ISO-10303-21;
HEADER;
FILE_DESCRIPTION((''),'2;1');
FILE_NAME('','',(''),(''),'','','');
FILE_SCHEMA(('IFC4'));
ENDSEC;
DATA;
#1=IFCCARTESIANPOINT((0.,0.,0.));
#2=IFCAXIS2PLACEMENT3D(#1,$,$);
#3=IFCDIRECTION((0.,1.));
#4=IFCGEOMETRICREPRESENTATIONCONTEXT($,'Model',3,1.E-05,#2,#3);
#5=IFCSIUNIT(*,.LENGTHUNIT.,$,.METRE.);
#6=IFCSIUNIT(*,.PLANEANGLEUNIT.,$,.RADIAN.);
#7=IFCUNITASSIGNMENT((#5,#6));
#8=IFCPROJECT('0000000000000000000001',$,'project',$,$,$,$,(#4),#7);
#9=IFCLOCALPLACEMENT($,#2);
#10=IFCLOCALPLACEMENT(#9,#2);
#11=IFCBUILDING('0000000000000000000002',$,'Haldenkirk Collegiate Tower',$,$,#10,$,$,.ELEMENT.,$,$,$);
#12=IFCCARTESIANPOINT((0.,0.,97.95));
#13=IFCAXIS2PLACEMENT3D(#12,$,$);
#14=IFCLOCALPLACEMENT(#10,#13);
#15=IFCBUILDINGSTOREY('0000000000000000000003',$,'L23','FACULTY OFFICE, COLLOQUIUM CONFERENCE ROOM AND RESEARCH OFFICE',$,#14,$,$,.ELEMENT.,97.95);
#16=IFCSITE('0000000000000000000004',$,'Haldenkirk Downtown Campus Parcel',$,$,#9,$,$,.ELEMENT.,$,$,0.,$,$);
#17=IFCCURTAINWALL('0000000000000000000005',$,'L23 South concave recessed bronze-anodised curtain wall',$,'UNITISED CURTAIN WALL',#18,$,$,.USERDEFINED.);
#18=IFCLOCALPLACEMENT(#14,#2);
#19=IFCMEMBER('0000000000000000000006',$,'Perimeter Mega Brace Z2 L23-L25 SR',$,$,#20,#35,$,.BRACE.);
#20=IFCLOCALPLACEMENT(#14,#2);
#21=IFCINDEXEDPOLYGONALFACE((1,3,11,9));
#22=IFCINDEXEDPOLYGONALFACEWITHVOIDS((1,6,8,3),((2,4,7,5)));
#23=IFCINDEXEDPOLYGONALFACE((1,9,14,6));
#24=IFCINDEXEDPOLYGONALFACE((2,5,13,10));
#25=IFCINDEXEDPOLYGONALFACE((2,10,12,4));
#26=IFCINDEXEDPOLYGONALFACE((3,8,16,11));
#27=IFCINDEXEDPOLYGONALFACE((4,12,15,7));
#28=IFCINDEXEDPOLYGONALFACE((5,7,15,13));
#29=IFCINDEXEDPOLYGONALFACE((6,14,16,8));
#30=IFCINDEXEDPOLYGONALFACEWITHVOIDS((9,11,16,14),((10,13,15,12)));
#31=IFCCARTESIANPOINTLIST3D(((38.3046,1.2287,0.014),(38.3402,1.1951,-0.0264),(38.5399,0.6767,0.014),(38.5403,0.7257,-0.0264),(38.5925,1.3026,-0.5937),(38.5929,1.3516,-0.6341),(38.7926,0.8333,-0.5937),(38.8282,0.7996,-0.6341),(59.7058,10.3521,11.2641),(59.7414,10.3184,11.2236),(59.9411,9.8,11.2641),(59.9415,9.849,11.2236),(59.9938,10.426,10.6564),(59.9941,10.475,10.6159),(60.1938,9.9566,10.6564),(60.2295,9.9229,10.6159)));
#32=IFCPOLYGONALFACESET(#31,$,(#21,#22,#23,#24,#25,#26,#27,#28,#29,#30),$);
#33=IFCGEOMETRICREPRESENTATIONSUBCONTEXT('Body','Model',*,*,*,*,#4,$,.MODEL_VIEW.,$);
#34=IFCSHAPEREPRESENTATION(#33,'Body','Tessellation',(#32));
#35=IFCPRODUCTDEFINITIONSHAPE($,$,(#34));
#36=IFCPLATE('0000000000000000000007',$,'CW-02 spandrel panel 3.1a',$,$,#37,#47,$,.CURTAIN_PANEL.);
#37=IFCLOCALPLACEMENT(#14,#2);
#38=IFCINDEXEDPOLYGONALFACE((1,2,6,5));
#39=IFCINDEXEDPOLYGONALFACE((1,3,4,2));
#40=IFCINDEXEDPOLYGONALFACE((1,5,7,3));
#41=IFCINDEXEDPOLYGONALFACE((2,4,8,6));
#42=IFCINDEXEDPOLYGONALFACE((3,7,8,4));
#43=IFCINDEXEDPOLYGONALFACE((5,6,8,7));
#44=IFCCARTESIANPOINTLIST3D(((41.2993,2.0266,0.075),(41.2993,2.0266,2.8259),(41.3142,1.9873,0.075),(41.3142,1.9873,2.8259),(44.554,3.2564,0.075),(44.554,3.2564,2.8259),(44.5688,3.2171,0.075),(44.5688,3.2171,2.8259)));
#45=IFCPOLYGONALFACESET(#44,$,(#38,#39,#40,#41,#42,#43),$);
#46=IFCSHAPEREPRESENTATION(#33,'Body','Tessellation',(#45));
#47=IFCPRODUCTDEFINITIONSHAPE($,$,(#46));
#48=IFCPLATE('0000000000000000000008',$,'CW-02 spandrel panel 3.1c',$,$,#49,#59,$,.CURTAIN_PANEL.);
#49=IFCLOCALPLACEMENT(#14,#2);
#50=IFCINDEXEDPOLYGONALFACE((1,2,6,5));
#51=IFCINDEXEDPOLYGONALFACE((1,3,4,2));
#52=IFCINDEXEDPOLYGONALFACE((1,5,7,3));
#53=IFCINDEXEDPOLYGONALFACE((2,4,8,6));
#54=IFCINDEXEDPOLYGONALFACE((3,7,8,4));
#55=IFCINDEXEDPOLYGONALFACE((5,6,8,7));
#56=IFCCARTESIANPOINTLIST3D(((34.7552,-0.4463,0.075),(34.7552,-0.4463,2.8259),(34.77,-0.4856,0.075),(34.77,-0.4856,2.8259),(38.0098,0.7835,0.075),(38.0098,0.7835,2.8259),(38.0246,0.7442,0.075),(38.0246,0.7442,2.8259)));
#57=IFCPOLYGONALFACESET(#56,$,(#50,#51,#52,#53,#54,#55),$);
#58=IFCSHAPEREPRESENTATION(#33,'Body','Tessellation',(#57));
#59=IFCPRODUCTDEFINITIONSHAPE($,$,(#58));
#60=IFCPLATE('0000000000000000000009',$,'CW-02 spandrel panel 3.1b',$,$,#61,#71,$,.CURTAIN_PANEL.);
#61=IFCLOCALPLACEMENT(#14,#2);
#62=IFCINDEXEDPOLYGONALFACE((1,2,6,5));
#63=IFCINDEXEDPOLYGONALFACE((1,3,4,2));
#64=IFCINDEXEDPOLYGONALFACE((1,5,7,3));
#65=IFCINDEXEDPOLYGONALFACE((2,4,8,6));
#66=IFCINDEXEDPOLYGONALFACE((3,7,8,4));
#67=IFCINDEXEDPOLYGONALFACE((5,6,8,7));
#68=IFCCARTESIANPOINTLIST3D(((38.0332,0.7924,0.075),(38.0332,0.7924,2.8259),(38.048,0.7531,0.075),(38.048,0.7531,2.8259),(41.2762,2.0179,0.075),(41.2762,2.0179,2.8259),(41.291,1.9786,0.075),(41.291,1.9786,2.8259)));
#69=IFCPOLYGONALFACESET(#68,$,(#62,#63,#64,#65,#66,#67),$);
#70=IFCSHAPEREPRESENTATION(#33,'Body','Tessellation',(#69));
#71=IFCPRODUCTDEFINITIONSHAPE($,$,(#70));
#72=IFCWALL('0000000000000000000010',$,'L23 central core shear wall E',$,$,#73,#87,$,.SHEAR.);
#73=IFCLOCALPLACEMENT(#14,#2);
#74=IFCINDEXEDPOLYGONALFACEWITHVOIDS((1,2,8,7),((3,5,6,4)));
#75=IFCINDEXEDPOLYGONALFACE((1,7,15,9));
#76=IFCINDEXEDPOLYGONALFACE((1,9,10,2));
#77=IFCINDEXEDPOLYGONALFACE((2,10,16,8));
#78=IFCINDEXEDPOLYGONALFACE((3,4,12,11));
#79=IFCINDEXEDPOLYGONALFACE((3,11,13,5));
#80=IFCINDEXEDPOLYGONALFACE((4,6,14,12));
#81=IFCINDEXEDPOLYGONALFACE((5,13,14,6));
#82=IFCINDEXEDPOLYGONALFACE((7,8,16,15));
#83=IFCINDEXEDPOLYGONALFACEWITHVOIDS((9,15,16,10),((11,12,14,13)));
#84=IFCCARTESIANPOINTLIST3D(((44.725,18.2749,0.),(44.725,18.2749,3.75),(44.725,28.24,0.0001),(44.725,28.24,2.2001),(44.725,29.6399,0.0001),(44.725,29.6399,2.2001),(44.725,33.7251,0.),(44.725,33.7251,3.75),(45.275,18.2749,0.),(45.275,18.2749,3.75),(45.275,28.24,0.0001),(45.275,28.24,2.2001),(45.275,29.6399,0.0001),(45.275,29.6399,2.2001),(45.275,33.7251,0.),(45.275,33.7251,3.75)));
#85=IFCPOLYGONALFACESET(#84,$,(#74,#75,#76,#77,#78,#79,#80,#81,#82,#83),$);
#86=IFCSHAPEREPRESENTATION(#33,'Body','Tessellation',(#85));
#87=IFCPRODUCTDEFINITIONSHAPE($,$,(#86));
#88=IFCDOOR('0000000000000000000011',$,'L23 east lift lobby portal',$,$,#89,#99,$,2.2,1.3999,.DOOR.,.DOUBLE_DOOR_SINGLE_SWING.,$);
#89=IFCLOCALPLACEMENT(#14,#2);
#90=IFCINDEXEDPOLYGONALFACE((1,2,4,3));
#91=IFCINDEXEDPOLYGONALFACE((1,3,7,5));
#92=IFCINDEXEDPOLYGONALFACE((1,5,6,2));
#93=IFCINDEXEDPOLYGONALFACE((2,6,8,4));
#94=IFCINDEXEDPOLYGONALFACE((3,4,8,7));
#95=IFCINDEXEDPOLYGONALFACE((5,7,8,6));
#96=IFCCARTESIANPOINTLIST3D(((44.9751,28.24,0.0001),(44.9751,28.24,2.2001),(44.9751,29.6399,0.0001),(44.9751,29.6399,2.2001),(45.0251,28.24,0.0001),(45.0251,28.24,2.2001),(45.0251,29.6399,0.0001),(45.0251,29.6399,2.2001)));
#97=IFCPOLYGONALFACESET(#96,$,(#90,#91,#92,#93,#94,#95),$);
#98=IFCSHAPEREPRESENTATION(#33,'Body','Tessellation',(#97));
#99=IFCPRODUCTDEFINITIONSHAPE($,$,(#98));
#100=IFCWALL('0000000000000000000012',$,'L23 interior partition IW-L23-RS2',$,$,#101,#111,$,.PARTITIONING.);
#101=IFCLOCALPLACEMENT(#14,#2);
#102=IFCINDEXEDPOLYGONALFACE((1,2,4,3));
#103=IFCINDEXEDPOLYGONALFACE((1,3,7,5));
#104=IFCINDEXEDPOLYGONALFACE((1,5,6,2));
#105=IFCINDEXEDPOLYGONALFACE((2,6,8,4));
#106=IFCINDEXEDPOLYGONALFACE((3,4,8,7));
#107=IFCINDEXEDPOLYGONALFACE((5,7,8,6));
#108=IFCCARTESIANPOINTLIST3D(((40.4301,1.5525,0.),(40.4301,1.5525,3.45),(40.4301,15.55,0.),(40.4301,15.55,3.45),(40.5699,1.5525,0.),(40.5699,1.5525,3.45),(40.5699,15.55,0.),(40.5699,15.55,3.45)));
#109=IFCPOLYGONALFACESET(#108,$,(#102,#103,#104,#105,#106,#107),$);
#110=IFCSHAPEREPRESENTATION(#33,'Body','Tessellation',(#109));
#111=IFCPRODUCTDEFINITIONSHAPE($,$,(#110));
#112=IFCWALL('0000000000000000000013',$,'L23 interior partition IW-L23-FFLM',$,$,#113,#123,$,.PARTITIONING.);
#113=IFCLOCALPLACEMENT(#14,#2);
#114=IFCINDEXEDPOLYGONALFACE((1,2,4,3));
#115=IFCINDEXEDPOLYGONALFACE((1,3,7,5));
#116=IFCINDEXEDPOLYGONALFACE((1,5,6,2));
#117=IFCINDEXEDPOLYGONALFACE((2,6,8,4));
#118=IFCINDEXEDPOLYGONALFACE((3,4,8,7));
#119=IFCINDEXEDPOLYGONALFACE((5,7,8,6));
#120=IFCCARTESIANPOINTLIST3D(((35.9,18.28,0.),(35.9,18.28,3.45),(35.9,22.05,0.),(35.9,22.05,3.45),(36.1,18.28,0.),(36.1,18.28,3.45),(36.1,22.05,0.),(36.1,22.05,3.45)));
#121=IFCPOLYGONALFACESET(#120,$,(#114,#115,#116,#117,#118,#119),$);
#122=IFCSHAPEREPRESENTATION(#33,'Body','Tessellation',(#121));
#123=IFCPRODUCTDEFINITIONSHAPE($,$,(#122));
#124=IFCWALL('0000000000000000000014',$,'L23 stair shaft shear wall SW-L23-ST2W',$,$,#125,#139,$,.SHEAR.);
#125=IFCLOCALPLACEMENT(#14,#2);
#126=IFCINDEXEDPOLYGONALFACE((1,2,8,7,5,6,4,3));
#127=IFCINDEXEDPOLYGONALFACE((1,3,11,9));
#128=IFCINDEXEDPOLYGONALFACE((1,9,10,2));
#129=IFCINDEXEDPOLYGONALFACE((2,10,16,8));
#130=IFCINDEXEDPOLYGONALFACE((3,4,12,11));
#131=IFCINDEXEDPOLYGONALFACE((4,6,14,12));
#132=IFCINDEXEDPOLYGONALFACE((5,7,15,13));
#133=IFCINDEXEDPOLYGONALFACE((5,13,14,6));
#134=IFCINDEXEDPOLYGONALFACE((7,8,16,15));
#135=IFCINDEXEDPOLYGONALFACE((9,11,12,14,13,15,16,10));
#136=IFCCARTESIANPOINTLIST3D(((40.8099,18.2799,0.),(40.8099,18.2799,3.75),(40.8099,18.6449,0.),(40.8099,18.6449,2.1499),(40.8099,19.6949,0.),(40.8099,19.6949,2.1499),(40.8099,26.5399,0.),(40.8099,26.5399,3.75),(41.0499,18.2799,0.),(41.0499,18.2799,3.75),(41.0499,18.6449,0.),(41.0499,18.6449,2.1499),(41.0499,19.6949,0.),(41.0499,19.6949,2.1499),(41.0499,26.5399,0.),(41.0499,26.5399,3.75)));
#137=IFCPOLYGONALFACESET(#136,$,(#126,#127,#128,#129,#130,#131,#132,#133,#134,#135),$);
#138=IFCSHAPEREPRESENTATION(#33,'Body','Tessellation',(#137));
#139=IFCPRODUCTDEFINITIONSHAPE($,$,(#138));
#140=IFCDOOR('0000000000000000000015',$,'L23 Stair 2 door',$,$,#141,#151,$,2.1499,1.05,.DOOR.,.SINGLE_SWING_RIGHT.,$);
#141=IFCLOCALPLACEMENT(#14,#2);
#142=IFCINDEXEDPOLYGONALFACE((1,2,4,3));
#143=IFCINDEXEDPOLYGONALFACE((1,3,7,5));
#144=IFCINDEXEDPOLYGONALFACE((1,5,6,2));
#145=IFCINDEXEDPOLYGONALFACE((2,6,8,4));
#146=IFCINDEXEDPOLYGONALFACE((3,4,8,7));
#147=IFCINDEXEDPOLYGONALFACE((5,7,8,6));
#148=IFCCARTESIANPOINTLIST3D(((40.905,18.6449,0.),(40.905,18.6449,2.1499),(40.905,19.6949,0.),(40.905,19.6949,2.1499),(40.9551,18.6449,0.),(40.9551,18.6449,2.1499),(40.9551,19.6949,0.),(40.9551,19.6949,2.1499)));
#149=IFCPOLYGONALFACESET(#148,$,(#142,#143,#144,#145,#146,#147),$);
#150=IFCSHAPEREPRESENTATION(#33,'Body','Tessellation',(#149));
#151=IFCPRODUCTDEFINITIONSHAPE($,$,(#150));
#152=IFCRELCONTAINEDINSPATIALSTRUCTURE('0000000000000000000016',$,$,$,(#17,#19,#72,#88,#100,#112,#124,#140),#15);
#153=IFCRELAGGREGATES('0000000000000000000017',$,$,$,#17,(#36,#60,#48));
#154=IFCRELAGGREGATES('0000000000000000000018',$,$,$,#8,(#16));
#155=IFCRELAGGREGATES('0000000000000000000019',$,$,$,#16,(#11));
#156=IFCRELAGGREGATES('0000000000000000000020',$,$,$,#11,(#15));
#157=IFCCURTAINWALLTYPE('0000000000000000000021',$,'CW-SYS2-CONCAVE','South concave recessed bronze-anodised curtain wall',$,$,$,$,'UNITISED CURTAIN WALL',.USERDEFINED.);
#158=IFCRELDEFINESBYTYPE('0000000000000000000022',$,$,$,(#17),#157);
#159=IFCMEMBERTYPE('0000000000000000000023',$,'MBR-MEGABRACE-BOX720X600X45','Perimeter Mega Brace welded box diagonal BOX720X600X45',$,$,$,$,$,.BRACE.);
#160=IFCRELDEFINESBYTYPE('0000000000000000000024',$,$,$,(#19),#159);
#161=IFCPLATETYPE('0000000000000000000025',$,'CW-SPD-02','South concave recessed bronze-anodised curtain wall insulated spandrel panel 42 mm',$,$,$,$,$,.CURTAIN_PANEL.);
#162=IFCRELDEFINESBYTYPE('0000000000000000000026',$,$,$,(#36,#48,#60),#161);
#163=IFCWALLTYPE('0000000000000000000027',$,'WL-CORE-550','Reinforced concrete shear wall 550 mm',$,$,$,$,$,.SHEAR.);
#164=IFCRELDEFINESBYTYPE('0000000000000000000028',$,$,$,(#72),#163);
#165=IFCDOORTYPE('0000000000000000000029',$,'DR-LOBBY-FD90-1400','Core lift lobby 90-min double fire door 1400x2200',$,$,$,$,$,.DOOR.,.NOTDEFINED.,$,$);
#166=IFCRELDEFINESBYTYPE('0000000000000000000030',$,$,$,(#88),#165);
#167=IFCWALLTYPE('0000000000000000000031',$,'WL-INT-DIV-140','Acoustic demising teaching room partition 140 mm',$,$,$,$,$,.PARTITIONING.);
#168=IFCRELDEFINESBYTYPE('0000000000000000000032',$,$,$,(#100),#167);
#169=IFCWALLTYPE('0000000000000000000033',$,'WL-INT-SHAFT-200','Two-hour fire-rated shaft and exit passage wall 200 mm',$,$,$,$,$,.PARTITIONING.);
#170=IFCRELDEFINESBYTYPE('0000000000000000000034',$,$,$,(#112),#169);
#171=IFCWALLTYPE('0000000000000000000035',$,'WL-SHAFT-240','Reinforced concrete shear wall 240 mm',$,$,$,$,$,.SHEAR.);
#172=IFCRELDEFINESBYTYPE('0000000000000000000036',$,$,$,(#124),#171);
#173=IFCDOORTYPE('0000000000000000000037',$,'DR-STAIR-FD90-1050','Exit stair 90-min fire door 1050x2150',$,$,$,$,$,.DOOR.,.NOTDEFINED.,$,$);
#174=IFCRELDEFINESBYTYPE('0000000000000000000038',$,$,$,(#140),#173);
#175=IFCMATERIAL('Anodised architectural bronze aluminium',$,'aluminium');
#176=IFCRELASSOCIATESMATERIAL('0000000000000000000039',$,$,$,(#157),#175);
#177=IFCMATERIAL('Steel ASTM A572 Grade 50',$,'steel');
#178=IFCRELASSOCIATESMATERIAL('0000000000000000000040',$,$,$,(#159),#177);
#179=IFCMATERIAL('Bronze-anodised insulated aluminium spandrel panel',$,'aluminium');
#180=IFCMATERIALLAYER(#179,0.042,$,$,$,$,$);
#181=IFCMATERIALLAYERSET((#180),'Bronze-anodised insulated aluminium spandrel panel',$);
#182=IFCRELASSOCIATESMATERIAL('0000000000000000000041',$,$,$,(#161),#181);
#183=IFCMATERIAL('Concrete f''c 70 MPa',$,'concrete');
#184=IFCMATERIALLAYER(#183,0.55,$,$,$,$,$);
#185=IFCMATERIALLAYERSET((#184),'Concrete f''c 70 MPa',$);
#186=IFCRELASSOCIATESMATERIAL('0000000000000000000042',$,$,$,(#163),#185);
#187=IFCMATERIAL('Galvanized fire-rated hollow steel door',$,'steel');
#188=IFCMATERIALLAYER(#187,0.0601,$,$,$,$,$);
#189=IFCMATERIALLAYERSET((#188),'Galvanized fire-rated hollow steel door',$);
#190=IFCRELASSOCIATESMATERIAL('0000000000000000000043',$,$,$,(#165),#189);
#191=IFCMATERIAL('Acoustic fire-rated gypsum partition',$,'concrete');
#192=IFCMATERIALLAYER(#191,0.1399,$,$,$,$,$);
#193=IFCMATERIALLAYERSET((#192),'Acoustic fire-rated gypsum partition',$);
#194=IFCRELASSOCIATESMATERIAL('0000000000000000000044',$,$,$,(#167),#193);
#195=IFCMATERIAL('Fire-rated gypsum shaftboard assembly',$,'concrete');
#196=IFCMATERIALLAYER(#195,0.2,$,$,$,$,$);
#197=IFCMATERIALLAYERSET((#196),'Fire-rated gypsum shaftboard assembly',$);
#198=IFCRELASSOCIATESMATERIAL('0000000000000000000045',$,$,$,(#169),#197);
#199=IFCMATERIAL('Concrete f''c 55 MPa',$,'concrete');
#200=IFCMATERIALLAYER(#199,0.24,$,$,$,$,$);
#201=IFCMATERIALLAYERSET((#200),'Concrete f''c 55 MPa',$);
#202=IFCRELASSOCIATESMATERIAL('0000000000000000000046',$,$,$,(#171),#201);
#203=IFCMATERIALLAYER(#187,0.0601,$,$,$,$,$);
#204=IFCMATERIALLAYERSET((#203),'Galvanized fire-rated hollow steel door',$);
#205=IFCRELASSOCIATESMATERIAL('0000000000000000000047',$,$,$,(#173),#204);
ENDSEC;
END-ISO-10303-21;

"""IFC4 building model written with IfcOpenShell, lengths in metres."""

from ifc_helpers import new_model, si_unit, direction, frame, frame_2d, origin, origin_2d, place, context, subcontext, project, spatial, rectangle, hollow_rectangle, extrude, source, transform, mapped, material, layer, layer_set, material_profile, profile_set, type_object, element, fill, aggregate, save


model = new_model("IFC4")

# Units and contexts
model_context = context("Model", 3, precision=1e-05, world=origin(), true_north=direction((0.0, 1.0)))
body_context = subcontext(model_context, "Body", "Model", "MODEL_VIEW")
ifc_project = project(units=[si_unit("LENGTHUNIT", "METRE"), si_unit("PLANEANGLEUNIT", "RADIAN")], contexts=[model_context])

# Site, building, storey
site_placement = place(None, origin())
site = spatial("IfcSite", under=ifc_project, at=site_placement, Name="Haldenkirk Downtown Campus Parcel", CompositionType="ELEMENT", RefElevation=0.0)
building_placement = place(site_placement, origin())
building = spatial("IfcBuilding", under=site, at=building_placement, Name="Haldenkirk Collegiate Tower", CompositionType="ELEMENT")
storey_placement = place(building_placement, frame((0.0, 0.0, 97.95)))
storey = spatial("IfcBuildingStorey", under=building, at=storey_placement, Name="L23", Description="FACULTY OFFICE, COLLOQUIUM CONFERENCE ROOM AND RESEARCH OFFICE", CompositionType="ELEMENT", Elevation=97.95)

# Curtain wall
ifc_material_1 = material(Name="Anodised architectural bronze aluminium", Category="aluminium")
curtain_wall_type = type_object("IfcCurtainWallType", Name="CW-SYS2-CONCAVE", Description="South concave recessed bronze-anodised curtain wall", ElementType="UNITISED CURTAIN WALL", PredefinedType="USERDEFINED", material=ifc_material_1)
curtain_wall_placement = place(storey_placement, origin())
curtain_wall = element("IfcCurtainWall", 1, at=curtain_wall_placement, inside=storey, type_object=curtain_wall_type, Name="L23 South concave recessed bronze-anodised curtain wall", ObjectType="UNITISED CURTAIN WALL", PredefinedType="USERDEFINED")

# Member
ifc_material_2 = material(Name="Steel ASTM A572 Grade 50", Category="steel")
ifc_material_profile_1 = material_profile(ifc_material_2, hollow_rectangle(XDim=0.6001, YDim=0.72, WallThickness=0.0449, at=origin_2d()), Name="BOX720X600X45")
ifc_profile_set_1 = profile_set([ifc_material_profile_1], Name="Steel ASTM A572 Grade 50")
member_type_1 = type_object("IfcMemberType", Name="MBR-MEGABRACE-BOX720X600X45", Description="Perimeter Mega Brace welded box diagonal BOX720X600X45", PredefinedType="BRACE", material=ifc_profile_set_1)
member_1_placement = place(storey_placement, frame((38.5664, 1.0142, -0.3101), z_axis=(0.828155, 0.353042, 0.435339), x_axis=(-0.392153, 0.9199, 0.0)))
element("IfcMember", 2, at=member_1_placement, inside=storey, type_object=member_type_1, Name="Perimeter Mega Brace Z2 L23-L25 SR", PredefinedType="BRACE", context=body_context, shape_type="SweptSolid", body=[
    extrude(hollow_rectangle(XDim=0.6001, YDim=0.72, WallThickness=0.0449, at=origin_2d()), origin(), (0.0, 0.0, 1.0), 25.842),
])

# Plates
ifc_material_3 = material(Name="Bronze-anodised insulated aluminium spandrel panel", Category="aluminium")
ifc_layer_1 = layer(ifc_material_3, 0.042)
ifc_layer_set_1 = layer_set([ifc_layer_1], Name="Bronze-anodised insulated aluminium spandrel panel")
plate_type = type_object("IfcPlateType", Name="CW-SPD-02", Description="South concave recessed bronze-anodised curtain wall insulated spandrel panel 42 mm", PredefinedType="CURTAIN_PANEL", material=ifc_layer_set_1)
shared_shape_1 = source(origin(), body_context, "Body", "SweptSolid", [
    extrude(rectangle(XDim=3.4792, YDim=0.042, at=origin_2d()), origin(), (0.0, 0.0, 1.0), 2.751),
])
plate_1_placement = place(storey_placement, frame((42.9341, 2.6218, 0.075), z_axis=(0.0, 0.0, 1.0), x_axis=(-0.935443, -0.353476, 0.0)))
plate_1 = element("IfcPlate", 3, at=plate_1_placement, type_object=plate_type, Name="CW-02 spandrel panel 3.1a", PredefinedType="CURTAIN_PANEL", context=body_context, shape_type="MappedRepresentation", body=[
    mapped(shared_shape_1, transform((0.0, 0.0, 0.0), x_axis=(1.0, 0.0, 0.0), y_axis=(0.0, 1.0, 0.0), z_axis=(0.0, 0.0, 1.0), scale=1.0)),
])
plate_2_placement = place(storey_placement, frame((36.3899, 0.1489, 0.075), z_axis=(0.0, 0.0, 1.0), x_axis=(-0.935443, -0.353476, 0.0)))
plate_2 = element("IfcPlate", 4, at=plate_2_placement, type_object=plate_type, Name="CW-02 spandrel panel 3.1c", PredefinedType="CURTAIN_PANEL", context=body_context, shape_type="MappedRepresentation", body=[
    mapped(shared_shape_1, transform((0.0, 0.0, 0.0), x_axis=(1.0, 0.0, 0.0), y_axis=(0.0, 1.0, 0.0), z_axis=(0.0, 0.0, 1.0), scale=1.0)),
])
shared_shape_2 = source(origin(), body_context, "Body", "SweptSolid", [
    extrude(rectangle(XDim=3.4668, YDim=0.042, at=origin_2d()), origin(), (0.0, 0.0, 1.0), 2.751),
])
plate_3_placement = place(storey_placement, frame((39.6621, 1.3855, 0.075), z_axis=(0.0, 0.0, 1.0), x_axis=(-0.935443, -0.353476, 0.0)))
plate_3 = element("IfcPlate", 5, at=plate_3_placement, type_object=plate_type, Name="CW-02 spandrel panel 3.1b", PredefinedType="CURTAIN_PANEL", context=body_context, shape_type="MappedRepresentation", body=[
    mapped(shared_shape_2, transform((0.0, 0.0, 0.0), x_axis=(1.0, 0.0, 0.0), y_axis=(0.0, 1.0, 0.0), z_axis=(0.0, 0.0, 1.0), scale=1.0)),
])
aggregate(curtain_wall, [plate_1, plate_3, plate_2])

# Wall, opening, door
ifc_material_4 = material(Name="Concrete f'c 70 MPa", Category="concrete")
ifc_layer_2 = layer(ifc_material_4, 0.55)
ifc_layer_set_2 = layer_set([ifc_layer_2], Name="Concrete f'c 70 MPa")
wall_type_1 = type_object("IfcWallType", Name="WL-CORE-550", Description="Reinforced concrete shear wall 550 mm", PredefinedType="SHEAR", material=ifc_layer_set_2)
wall_1_placement = place(storey_placement, frame((45.0, 18.2749, 0.0), z_axis=(0.0, 0.0, 1.0), x_axis=(0.0, 1.0, 0.0)))
wall_1 = element("IfcWall", 6, at=wall_1_placement, inside=storey, type_object=wall_type_1, Name="L23 central core shear wall E", PredefinedType="SHEAR", context=body_context, shape_type="SweptSolid", body=[
    extrude(rectangle(XDim=15.4502, YDim=0.55, at=frame_2d((7.7251, 0.0))), origin(), (0.0, 0.0, 1.0), 3.75),
])
opening_1_placement = place(wall_1_placement, frame((9.9651, 0.0, 0.0)))
opening_1 = element("IfcOpeningElement", 7, at=opening_1_placement, cuts=wall_1, PredefinedType="OPENING", context=body_context, shape_type="SweptSolid", body=[
    extrude(rectangle(XDim=1.3999, YDim=2.2, at=frame_2d((0.7, 1.1001))), frame((0.0, 0.2849, 0.0), z_axis=(0.0, -1.0, 0.0), x_axis=(1.0, 0.0, 0.0)), (0.0, 0.0, 1.0), 0.5701),
])
ifc_material_5 = material(Name="Galvanized fire-rated hollow steel door", Category="steel")
ifc_layer_3 = layer(ifc_material_5, 0.0601)
ifc_layer_set_3 = layer_set([ifc_layer_3], Name="Galvanized fire-rated hollow steel door")
door_type_1 = type_object("IfcDoorType", Name="DR-LOBBY-FD90-1400", Description="Core lift lobby 90-min double fire door 1400x2200", OperationType="NOTDEFINED", PredefinedType="DOOR", material=ifc_layer_set_3)
door_1_placement = place(opening_1_placement, origin())
door_1 = element("IfcDoor", 8, at=door_1_placement, inside=storey, type_object=door_type_1, Name="L23 east lift lobby portal", OperationType="DOUBLE_DOOR_SINGLE_SWING", OverallHeight=2.2, OverallWidth=1.3999, PredefinedType="DOOR", context=body_context, shape_type="SweptSolid", body=[
    extrude(rectangle(XDim=1.3999, YDim=2.2, at=frame_2d((0.7, 1.1001))), frame((0.0, 0.0249, 0.0), z_axis=(0.0, -1.0, 0.0), x_axis=(1.0, 0.0, 0.0)), (0.0, 0.0, 1.0), 0.05),
])
fill(opening_1, door_1)

# Walls
ifc_material_6 = material(Name="Acoustic fire-rated gypsum partition", Category="concrete")
ifc_layer_4 = layer(ifc_material_6, 0.1399)
ifc_layer_set_4 = layer_set([ifc_layer_4], Name="Acoustic fire-rated gypsum partition")
wall_type_2 = type_object("IfcWallType", Name="WL-INT-DIV-140", Description="Acoustic demising teaching room partition 140 mm", PredefinedType="PARTITIONING", material=ifc_layer_set_4)
wall_2_placement = place(storey_placement, frame((40.5, 1.5525, 0.0), z_axis=(0.0, 0.0, 1.0), x_axis=(0.0, 1.0, 0.0)))
element("IfcWall", 9, at=wall_2_placement, inside=storey, type_object=wall_type_2, Name="L23 interior partition IW-L23-RS2", PredefinedType="PARTITIONING", context=body_context, shape_type="SweptSolid", body=[
    extrude(rectangle(XDim=13.9976, YDim=0.1399, at=frame_2d((6.9988, 0.0))), origin(), (0.0, 0.0, 1.0), 3.45),
])
ifc_material_7 = material(Name="Fire-rated gypsum shaftboard assembly", Category="concrete")
ifc_layer_5 = layer(ifc_material_7, 0.2)
ifc_layer_set_5 = layer_set([ifc_layer_5], Name="Fire-rated gypsum shaftboard assembly")
wall_type_3 = type_object("IfcWallType", Name="WL-INT-SHAFT-200", Description="Two-hour fire-rated shaft and exit passage wall 200 mm", PredefinedType="PARTITIONING", material=ifc_layer_set_5)
wall_3_placement = place(storey_placement, frame((36.0, 18.28, 0.0), z_axis=(0.0, 0.0, 1.0), x_axis=(0.0, 1.0, 0.0)))
element("IfcWall", 10, at=wall_3_placement, inside=storey, type_object=wall_type_3, Name="L23 interior partition IW-L23-FFLM", PredefinedType="PARTITIONING", context=body_context, shape_type="SweptSolid", body=[
    extrude(rectangle(XDim=3.77, YDim=0.2, at=frame_2d((1.885, 0.0))), origin(), (0.0, 0.0, 1.0), 3.45),
])

# Wall, opening, door
ifc_material_8 = material(Name="Concrete f'c 55 MPa", Category="concrete")
ifc_layer_6 = layer(ifc_material_8, 0.24)
ifc_layer_set_6 = layer_set([ifc_layer_6], Name="Concrete f'c 55 MPa")
wall_type_4 = type_object("IfcWallType", Name="WL-SHAFT-240", Description="Reinforced concrete shear wall 240 mm", PredefinedType="SHEAR", material=ifc_layer_set_6)
wall_4_placement = place(storey_placement, frame((40.9299, 18.28, 0.0), z_axis=(0.0, 0.0, 1.0), x_axis=(0.0, 1.0, 0.0)))
wall_4 = element("IfcWall", 11, at=wall_4_placement, inside=storey, type_object=wall_type_4, Name="L23 stair shaft shear wall SW-L23-ST2W", PredefinedType="SHEAR", context=body_context, shape_type="SweptSolid", body=[
    extrude(rectangle(XDim=8.26, YDim=0.24, at=frame_2d((4.1299, 0.0))), origin(), (0.0, 0.0, 1.0), 3.75),
])
opening_2_placement = place(wall_4_placement, frame((0.365, 0.0, 0.0)))
opening_2 = element("IfcOpeningElement", 12, at=opening_2_placement, cuts=wall_4, PredefinedType="OPENING", context=body_context, shape_type="SweptSolid", body=[
    extrude(rectangle(XDim=1.05, YDim=2.1499, at=frame_2d((0.5249, 1.075))), frame((0.0, 0.1299, 0.0), z_axis=(0.0, -1.0, 0.0), x_axis=(1.0, 0.0, 0.0)), (0.0, 0.0, 1.0), 0.26),
])
ifc_layer_7 = layer(ifc_material_5, 0.0601)
ifc_layer_set_7 = layer_set([ifc_layer_7], Name="Galvanized fire-rated hollow steel door")
door_type_2 = type_object("IfcDoorType", Name="DR-STAIR-FD90-1050", Description="Exit stair 90-min fire door 1050x2150", OperationType="NOTDEFINED", PredefinedType="DOOR", material=ifc_layer_set_7)
door_2_placement = place(opening_2_placement, origin())
door_2 = element("IfcDoor", 13, at=door_2_placement, inside=storey, type_object=door_type_2, Name="L23 Stair 2 door", OperationType="SINGLE_SWING_RIGHT", OverallHeight=2.1499, OverallWidth=1.05, PredefinedType="DOOR", context=body_context, shape_type="SweptSolid", body=[
    extrude(rectangle(XDim=1.05, YDim=2.1499, at=frame_2d((0.5249, 1.075))), frame((0.0, 0.0249, 0.0), z_axis=(0.0, -1.0, 0.0), x_axis=(1.0, 0.0, 0.0)), (0.0, 0.0, 1.0), 0.05),
])
fill(opening_2, door_2)

save(model, "model.ifc")
